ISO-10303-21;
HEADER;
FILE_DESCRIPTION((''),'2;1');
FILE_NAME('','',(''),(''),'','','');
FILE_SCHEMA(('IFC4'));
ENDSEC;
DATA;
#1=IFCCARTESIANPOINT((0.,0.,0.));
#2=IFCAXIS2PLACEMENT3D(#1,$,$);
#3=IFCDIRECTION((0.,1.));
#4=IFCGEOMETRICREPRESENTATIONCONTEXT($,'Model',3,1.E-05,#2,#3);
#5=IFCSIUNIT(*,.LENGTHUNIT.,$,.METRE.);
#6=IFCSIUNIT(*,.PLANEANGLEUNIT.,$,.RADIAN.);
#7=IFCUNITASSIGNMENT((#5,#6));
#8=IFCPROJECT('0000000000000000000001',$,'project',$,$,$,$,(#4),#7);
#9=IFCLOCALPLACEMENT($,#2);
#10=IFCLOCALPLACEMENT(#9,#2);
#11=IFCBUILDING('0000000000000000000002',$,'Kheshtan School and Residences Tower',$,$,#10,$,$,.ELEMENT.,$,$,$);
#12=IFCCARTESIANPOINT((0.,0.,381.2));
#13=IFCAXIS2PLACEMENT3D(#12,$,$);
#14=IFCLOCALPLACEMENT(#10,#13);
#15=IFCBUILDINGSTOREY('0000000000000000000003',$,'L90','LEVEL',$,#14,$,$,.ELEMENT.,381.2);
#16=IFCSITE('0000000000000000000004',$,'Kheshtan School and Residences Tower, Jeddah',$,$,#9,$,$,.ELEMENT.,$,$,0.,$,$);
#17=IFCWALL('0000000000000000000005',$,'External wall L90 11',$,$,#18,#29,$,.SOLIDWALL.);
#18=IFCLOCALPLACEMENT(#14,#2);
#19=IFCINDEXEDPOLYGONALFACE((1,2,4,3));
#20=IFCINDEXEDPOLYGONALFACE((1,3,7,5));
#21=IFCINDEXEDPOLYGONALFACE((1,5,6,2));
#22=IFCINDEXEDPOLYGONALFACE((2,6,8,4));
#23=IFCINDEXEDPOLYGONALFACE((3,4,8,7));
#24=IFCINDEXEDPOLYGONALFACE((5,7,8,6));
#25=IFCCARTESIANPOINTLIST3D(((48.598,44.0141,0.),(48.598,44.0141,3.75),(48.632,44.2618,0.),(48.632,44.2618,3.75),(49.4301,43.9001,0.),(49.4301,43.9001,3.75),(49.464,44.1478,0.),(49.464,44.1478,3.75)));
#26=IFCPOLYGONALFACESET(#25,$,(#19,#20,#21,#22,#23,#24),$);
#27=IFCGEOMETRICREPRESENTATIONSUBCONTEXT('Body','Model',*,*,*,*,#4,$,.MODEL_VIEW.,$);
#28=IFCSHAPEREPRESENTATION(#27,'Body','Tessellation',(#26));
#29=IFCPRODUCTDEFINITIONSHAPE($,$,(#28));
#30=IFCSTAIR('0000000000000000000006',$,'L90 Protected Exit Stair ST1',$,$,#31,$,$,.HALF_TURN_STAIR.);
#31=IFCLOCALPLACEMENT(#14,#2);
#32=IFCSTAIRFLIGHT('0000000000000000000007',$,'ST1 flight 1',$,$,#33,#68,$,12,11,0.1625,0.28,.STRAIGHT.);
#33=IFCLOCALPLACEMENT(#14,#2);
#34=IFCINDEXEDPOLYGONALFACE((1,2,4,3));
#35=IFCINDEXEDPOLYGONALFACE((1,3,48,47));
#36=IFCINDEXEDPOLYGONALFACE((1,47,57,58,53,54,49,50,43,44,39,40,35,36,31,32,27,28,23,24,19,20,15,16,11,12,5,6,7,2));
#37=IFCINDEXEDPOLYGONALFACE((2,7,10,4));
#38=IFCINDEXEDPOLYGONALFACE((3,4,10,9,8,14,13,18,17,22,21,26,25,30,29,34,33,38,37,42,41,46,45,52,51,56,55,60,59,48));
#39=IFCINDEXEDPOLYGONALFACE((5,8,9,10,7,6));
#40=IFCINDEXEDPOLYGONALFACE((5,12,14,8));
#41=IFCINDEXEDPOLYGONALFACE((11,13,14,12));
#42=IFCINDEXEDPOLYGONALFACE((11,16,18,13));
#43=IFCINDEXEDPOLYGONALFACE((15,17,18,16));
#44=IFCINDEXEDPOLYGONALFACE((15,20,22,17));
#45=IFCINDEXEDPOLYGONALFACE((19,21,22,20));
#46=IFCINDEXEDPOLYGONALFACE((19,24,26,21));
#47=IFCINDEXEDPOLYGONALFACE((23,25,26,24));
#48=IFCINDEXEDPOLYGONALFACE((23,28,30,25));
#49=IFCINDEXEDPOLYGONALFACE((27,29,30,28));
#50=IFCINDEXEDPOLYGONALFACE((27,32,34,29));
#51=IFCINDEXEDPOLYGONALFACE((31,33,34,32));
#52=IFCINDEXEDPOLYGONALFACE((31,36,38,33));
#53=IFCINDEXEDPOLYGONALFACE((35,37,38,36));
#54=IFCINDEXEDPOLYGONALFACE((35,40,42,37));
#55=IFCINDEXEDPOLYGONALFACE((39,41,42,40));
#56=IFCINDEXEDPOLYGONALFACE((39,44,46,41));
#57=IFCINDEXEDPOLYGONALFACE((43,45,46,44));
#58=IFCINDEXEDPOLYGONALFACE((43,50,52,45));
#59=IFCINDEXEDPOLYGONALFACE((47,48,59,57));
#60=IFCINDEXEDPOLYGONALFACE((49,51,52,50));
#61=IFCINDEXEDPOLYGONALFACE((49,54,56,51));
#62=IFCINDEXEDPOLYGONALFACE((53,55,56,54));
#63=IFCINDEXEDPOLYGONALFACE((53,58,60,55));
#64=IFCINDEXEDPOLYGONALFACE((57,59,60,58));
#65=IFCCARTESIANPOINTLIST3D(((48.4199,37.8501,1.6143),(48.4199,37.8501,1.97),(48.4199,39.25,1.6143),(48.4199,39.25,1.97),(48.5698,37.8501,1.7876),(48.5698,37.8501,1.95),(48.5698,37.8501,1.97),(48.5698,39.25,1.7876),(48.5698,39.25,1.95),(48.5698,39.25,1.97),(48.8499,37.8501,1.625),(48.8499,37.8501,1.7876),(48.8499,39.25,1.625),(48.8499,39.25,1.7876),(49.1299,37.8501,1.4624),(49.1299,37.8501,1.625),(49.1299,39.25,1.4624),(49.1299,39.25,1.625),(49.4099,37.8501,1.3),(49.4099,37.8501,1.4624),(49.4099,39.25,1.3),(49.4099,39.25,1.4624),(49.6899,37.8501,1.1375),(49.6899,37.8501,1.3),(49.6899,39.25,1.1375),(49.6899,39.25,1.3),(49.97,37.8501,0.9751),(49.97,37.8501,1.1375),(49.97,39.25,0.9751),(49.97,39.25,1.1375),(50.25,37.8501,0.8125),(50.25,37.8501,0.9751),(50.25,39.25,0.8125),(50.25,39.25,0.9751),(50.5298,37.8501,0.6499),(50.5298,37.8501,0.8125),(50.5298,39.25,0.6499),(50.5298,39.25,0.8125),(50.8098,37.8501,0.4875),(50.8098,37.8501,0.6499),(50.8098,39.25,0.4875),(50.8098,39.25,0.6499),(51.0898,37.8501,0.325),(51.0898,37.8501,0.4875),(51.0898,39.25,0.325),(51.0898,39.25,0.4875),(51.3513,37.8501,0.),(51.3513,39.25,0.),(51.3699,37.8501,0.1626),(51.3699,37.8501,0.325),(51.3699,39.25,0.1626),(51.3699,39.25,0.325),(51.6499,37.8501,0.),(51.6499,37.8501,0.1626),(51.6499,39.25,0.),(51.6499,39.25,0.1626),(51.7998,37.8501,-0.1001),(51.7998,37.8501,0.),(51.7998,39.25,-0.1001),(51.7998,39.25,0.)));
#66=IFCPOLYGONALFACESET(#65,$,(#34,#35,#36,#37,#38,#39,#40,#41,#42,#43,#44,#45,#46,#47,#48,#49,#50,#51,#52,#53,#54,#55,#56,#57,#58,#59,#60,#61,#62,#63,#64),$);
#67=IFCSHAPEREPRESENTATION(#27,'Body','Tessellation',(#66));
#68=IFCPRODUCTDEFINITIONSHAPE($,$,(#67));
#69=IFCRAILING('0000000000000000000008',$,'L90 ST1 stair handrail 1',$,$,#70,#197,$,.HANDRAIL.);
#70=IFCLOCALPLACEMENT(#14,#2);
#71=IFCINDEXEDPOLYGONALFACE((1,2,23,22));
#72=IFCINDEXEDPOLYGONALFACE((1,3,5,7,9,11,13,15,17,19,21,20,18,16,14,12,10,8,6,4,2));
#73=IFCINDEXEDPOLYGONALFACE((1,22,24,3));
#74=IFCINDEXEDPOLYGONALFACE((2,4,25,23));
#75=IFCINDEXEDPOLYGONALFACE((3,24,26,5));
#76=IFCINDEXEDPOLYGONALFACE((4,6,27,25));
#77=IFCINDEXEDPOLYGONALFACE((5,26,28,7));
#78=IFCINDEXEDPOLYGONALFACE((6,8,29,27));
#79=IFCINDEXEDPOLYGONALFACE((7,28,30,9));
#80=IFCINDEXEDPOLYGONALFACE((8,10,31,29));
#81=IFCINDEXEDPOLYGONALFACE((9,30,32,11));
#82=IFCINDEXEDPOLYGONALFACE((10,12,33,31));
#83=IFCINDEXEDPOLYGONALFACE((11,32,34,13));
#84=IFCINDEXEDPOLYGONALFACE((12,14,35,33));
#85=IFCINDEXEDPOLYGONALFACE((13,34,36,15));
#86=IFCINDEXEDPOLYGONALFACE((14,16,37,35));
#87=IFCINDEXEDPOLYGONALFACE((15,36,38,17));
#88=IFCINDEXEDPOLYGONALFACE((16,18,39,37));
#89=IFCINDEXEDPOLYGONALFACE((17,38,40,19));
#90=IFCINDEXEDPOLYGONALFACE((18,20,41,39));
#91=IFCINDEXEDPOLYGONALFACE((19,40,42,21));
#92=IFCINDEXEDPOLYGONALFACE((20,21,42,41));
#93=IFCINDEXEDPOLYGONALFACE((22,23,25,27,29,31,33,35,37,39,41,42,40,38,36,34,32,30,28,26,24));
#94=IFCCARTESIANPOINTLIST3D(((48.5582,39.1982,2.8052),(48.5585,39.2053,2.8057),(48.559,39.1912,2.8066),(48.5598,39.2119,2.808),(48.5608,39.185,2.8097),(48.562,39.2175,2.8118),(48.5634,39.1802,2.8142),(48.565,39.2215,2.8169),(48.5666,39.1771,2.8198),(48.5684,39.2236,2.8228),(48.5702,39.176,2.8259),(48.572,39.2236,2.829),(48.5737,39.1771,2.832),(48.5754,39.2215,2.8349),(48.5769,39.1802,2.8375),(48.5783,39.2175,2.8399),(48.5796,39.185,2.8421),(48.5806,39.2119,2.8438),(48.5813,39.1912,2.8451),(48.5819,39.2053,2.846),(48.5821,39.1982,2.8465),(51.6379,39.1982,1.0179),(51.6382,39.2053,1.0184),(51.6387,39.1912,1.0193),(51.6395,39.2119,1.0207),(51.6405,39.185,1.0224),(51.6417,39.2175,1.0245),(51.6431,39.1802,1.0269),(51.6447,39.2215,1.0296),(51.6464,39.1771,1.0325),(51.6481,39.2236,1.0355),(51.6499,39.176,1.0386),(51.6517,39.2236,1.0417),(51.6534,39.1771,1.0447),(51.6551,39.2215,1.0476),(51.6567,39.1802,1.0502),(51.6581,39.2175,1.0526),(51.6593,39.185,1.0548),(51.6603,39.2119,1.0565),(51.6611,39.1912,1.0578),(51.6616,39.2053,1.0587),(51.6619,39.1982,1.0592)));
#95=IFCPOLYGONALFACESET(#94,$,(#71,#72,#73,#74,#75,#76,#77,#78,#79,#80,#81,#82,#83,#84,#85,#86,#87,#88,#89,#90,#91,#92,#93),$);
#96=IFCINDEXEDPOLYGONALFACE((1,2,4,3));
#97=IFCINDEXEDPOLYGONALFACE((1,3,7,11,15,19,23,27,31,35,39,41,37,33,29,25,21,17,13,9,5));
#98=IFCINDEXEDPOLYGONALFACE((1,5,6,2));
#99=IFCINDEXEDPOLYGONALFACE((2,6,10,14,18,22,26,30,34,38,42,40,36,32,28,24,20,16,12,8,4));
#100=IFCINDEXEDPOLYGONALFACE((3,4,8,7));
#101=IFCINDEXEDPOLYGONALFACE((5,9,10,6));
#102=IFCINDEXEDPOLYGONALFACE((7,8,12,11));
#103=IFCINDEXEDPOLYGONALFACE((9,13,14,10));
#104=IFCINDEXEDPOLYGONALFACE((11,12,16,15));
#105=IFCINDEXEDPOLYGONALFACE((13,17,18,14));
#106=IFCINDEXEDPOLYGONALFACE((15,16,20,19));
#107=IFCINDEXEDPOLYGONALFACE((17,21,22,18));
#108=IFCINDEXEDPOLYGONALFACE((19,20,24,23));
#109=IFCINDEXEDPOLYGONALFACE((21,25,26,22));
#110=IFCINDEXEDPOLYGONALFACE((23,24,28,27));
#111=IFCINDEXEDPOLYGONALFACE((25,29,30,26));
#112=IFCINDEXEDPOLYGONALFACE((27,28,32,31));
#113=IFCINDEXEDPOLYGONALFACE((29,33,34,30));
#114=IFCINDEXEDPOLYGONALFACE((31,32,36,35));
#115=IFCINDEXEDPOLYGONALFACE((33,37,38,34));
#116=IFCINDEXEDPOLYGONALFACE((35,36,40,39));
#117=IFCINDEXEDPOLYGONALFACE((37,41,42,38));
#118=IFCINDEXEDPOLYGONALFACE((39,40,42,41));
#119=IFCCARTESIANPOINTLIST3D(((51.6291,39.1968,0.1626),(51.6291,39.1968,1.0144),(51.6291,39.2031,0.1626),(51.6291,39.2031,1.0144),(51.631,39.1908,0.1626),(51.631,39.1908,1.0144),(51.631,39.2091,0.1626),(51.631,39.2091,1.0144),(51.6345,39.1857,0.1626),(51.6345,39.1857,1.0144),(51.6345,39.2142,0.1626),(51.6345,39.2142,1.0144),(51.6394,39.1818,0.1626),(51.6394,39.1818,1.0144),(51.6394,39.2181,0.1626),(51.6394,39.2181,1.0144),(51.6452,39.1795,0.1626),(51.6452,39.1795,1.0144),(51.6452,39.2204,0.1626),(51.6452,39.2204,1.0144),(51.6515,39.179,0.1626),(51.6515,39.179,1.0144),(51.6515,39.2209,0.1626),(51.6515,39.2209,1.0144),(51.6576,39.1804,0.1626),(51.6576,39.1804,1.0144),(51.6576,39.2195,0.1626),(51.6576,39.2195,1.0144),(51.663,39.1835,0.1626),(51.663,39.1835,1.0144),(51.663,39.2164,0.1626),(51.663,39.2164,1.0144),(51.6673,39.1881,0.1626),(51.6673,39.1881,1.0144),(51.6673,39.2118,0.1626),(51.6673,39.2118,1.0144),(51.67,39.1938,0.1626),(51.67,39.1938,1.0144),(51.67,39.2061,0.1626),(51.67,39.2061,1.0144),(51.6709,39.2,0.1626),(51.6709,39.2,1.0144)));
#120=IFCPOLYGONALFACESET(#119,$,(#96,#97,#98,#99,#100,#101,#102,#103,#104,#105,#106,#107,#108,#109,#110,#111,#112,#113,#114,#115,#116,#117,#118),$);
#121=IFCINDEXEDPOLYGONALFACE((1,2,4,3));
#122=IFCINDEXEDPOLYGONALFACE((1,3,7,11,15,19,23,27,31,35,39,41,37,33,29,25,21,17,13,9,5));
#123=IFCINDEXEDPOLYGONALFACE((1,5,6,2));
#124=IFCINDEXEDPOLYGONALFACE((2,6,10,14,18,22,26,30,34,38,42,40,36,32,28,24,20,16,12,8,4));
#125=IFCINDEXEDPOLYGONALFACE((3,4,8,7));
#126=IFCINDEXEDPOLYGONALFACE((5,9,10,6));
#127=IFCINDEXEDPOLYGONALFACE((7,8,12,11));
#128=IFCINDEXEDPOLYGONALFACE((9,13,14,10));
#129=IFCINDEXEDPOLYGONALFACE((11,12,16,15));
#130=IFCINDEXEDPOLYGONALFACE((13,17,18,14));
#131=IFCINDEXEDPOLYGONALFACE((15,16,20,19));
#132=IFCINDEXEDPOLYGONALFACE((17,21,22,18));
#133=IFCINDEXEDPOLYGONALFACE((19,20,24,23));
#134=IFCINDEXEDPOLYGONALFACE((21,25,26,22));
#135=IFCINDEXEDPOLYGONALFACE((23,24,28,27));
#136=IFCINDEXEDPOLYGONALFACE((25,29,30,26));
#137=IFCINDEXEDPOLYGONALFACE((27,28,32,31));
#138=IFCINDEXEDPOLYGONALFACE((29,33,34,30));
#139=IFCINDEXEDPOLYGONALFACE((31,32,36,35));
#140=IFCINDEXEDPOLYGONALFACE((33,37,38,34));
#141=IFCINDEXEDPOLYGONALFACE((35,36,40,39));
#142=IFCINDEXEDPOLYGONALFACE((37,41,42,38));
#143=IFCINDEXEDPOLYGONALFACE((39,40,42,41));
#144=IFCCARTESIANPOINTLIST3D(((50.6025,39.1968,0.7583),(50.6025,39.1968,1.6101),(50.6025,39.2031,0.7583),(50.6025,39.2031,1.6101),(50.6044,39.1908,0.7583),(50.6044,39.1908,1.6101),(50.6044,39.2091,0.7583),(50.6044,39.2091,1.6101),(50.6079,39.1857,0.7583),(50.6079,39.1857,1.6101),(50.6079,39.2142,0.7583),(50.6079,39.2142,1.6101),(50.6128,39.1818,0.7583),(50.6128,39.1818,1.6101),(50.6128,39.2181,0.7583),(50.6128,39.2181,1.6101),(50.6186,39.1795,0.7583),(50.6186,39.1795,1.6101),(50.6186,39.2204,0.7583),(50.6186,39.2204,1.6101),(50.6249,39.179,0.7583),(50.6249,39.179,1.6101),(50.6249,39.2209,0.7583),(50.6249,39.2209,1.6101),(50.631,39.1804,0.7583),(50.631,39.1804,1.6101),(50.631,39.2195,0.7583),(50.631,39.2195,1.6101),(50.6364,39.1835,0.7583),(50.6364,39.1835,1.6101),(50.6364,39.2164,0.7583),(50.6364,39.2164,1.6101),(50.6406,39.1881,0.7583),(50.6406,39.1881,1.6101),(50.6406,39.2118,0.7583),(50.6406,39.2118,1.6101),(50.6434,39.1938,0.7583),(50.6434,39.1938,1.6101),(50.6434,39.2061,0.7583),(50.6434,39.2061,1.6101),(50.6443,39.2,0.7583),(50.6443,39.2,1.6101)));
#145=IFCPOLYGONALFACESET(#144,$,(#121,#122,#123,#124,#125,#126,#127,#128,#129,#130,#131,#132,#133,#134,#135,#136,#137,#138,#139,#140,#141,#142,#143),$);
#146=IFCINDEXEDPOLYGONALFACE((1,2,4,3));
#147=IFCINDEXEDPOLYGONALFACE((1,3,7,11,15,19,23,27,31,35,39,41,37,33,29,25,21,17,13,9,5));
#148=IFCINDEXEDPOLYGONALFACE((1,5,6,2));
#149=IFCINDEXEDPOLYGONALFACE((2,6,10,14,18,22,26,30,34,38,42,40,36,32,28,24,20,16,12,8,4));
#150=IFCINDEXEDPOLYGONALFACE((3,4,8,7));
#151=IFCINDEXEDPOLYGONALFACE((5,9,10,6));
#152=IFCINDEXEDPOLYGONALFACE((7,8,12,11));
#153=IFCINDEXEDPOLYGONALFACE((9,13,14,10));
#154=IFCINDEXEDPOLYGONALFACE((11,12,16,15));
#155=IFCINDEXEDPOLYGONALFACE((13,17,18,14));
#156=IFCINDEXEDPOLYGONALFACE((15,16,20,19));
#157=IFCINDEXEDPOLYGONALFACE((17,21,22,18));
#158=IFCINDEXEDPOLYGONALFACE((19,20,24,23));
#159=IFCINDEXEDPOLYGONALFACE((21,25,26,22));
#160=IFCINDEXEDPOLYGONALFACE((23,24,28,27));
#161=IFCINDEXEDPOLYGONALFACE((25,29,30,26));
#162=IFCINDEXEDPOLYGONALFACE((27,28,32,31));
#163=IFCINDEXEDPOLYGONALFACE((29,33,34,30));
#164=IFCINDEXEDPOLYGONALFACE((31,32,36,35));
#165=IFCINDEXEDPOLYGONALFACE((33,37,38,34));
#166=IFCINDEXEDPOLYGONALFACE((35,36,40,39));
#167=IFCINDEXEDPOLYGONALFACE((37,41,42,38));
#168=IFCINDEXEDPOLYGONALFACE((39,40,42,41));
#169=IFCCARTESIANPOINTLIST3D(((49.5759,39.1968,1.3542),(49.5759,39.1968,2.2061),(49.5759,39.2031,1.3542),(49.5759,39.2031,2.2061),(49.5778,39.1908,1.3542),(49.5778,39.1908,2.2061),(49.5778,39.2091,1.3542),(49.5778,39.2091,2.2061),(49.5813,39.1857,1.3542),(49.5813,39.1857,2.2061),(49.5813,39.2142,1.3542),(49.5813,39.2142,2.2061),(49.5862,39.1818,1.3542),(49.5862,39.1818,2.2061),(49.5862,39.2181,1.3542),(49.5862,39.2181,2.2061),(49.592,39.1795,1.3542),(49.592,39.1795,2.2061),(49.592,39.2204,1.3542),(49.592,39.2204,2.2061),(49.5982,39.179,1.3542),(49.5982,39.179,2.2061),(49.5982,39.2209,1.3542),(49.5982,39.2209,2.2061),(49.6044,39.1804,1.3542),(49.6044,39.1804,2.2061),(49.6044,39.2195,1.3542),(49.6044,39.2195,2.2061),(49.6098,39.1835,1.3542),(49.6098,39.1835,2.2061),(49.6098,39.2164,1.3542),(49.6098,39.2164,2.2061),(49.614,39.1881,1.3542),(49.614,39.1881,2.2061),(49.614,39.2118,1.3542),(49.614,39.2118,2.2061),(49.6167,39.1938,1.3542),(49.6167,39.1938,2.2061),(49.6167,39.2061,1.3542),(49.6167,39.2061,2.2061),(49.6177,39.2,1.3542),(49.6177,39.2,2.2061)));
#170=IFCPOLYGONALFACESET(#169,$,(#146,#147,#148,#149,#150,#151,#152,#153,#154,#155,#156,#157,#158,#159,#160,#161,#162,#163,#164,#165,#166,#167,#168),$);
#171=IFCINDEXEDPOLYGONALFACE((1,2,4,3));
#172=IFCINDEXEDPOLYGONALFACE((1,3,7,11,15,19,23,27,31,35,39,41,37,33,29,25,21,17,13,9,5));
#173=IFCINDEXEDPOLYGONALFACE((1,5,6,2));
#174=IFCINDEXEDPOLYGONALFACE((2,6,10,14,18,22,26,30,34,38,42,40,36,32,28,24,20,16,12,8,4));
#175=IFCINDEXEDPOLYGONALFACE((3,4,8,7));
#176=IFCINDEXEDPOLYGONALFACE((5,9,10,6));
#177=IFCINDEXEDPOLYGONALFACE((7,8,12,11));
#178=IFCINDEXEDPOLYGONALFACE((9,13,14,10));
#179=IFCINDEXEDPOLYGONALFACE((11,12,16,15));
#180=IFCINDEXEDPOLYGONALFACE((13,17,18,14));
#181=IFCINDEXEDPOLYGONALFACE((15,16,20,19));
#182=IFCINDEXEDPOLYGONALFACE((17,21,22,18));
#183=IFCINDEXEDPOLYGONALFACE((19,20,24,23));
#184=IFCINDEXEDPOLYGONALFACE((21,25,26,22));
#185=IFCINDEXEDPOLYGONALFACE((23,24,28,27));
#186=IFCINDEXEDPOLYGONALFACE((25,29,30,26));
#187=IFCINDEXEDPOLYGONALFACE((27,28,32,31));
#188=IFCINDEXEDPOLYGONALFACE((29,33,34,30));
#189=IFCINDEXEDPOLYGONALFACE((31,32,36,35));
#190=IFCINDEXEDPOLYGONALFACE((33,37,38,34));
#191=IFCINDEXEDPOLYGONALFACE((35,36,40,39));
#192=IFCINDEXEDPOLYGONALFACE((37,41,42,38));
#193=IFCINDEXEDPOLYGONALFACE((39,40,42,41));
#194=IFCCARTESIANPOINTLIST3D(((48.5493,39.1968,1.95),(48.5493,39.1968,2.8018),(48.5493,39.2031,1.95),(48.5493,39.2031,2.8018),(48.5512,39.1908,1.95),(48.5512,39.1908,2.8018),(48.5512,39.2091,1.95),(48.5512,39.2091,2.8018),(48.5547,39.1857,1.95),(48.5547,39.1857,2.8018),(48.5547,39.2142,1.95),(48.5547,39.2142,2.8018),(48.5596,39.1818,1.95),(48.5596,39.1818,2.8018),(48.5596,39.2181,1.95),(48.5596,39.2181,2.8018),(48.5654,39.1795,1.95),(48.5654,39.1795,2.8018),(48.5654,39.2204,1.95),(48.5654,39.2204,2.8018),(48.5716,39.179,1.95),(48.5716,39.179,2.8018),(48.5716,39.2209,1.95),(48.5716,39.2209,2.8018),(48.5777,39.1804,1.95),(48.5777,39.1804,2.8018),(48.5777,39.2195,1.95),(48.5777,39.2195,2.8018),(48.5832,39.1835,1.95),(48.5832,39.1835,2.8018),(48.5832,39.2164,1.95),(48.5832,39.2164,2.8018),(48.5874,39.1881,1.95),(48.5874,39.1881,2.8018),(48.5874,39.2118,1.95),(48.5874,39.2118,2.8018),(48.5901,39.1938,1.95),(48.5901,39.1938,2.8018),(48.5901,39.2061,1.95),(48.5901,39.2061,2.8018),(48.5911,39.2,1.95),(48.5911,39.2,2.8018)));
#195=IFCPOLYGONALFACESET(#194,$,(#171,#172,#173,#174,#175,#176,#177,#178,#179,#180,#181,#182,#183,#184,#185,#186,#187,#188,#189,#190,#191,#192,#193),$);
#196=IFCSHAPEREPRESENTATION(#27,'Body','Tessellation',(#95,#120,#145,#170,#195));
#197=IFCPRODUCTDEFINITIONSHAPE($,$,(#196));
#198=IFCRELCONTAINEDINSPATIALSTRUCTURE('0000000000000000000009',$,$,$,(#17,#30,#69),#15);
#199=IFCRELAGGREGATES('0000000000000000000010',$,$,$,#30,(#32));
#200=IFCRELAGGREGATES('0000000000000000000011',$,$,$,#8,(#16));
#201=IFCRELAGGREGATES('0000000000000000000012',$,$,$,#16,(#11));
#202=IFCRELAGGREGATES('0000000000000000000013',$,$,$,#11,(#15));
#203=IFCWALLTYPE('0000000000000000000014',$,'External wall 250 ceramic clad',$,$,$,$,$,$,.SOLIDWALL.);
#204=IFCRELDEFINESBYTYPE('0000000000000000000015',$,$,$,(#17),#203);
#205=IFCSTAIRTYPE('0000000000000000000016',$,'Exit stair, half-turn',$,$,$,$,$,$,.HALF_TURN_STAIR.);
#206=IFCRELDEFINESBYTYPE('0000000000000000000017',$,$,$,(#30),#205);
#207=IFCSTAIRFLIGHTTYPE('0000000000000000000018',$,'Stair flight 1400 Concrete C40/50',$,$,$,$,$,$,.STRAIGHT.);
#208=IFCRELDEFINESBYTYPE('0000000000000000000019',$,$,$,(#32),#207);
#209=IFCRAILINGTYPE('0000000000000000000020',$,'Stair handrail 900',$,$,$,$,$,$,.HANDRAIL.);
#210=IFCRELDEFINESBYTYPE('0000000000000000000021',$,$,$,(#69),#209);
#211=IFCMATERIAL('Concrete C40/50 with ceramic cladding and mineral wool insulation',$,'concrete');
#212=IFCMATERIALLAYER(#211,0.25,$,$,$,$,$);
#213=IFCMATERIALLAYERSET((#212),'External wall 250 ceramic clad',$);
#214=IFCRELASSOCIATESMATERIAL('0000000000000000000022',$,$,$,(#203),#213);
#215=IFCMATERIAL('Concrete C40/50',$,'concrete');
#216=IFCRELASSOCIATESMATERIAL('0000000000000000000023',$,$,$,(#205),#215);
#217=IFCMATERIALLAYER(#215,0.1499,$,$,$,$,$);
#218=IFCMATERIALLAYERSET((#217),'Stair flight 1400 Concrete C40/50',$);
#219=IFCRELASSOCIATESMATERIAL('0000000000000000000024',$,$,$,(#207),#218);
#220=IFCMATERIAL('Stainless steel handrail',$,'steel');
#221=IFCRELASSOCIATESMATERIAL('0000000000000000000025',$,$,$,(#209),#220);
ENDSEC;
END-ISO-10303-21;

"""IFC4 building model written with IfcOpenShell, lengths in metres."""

from ifc_helpers import new_model, si_unit, direction, frame, frame_2d, origin, origin_2d, place, context, subcontext, project, spatial, polyline, rectangle, circle, outline, extrude, material, layer, layer_set, type_object, element, aggregate, save


model = new_model("IFC4")

# Units and contexts
model_context = context("Model", 3, precision=1e-05, world=origin(), true_north=direction((0.0, 1.0)))
body_context = subcontext(model_context, "Body", "Model", "MODEL_VIEW")
ifc_project = project(units=[si_unit("LENGTHUNIT", "METRE"), si_unit("PLANEANGLEUNIT", "RADIAN")], contexts=[model_context])

# Site, building, storey
site_placement = place(None, origin())
site = spatial("IfcSite", under=ifc_project, at=site_placement, Name="Kheshtan School and Residences Tower, Jeddah", CompositionType="ELEMENT", RefElevation=0.0)
building_placement = place(site_placement, origin())
building = spatial("IfcBuilding", under=site, at=building_placement, Name="Kheshtan School and Residences Tower", CompositionType="ELEMENT")
storey_placement = place(building_placement, frame((0.0, 0.0, 381.2)))
storey = spatial("IfcBuildingStorey", under=building, at=storey_placement, Name="L90", Description="LEVEL", CompositionType="ELEMENT", Elevation=381.2)

# Shared definitions
ifc_material_1 = material(Name="Concrete C40/50 with ceramic cladding and mineral wool insulation", Category="concrete")
ifc_layer_1 = layer(ifc_material_1, 0.25)
ifc_layer_set_1 = layer_set([ifc_layer_1], Name="External wall 250 ceramic clad")
wall_type_1 = type_object("IfcWallType", Name="External wall 250 ceramic clad", PredefinedType="SOLIDWALL", material=ifc_layer_set_1)

# Wall
wall_1_placement = place(storey_placement, frame((48.615, 44.1379, 0.0), z_axis=(0.0, 0.0, 1.0), x_axis=(0.990742, -0.135762, 0.0)))
element("IfcWall", 1, at=wall_1_placement, inside=storey, type_object=wall_type_1, Name="External wall L90 11", PredefinedType="SOLIDWALL", context=body_context, shape_type="SweptSolid", body=[
    extrude(rectangle(XDim=0.8398, YDim=0.25, at=frame_2d((0.4199, 0.0))), origin(), (0.0, 0.0, 1.0), 3.75),
])

# Stair, stair flight
ifc_material_2 = material(Name="Concrete C40/50", Category="concrete")
stair_type = type_object("IfcStairType", Name="Exit stair, half-turn", PredefinedType="HALF_TURN_STAIR", material=ifc_material_2)
stair_placement = place(storey_placement, origin())
stair = element("IfcStair", 2, at=stair_placement, inside=storey, type_object=stair_type, Name="L90 Protected Exit Stair ST1", PredefinedType="HALF_TURN_STAIR")
ifc_layer_2 = layer(ifc_material_2, 0.1499)
ifc_layer_set_2 = layer_set([ifc_layer_2], Name="Stair flight 1400 Concrete C40/50")
stair_flight_type = type_object("IfcStairFlightType", Name="Stair flight 1400 Concrete C40/50", PredefinedType="STRAIGHT", material=ifc_layer_set_2)
stair_flight_placement = place(storey_placement, frame((51.6499, 38.55, 0.0), z_axis=(0.0, 0.0, 1.0), x_axis=(-1.0, 0.0, 0.0)))
stair_flight = element("IfcStairFlight", 3, at=stair_flight_placement, type_object=stair_flight_type, Name="ST1 flight 1", NumberOfRisers=12, NumberOfTreads=11, PredefinedType="STRAIGHT", RiserHeight=0.1625, TreadLength=0.28, context=body_context, shape_type="SweptSolid", body=[
    extrude(outline(polyline([(-0.1499, -0.1001), (-0.1499, 0.0), (0.0, 0.0), (0.0, 0.1626), (0.28, 0.1626), (0.28, 0.325), (0.5601, 0.325), (0.5601, 0.4875), (0.8401, 0.4875), (0.8401, 0.6499), (1.1201, 0.6499), (1.1201, 0.8125), (1.3999, 0.8125), (1.3999, 0.9751), (1.6799, 0.9751), (1.6799, 1.1375), (1.96, 1.1375), (1.96, 1.3), (2.24, 1.3), (2.24, 1.4624), (2.52, 1.4624), (2.52, 1.625), (2.8, 1.625), (2.8, 1.7876), (3.0801, 1.7876), (3.0801, 1.95), (3.0801, 1.97), (3.23, 1.97), (3.23, 1.6143), (0.2986, 0.0), (-0.1499, -0.1001)])), frame((0.0, 0.7, 0.0), z_axis=(0.0, -1.0, 0.0), x_axis=(1.0, 0.0, 0.0)), (0.0, 0.0, 1.0), 1.3999),
])
aggregate(stair, [stair_flight])

# Railing
ifc_material_3 = material(Name="Stainless steel handrail", Category="steel")
railing_type = type_object("IfcRailingType", Name="Stair handrail 900", PredefinedType="HANDRAIL", material=ifc_material_3)
railing_placement = place(storey_placement, frame((51.6499, 39.2, 0.1626)))
element("IfcRailing", 4, at=railing_placement, inside=storey, type_object=railing_type, Name="L90 ST1 stair handrail 1", PredefinedType="HANDRAIL", context=body_context, shape_type="SweptSolid", body=[
    extrude(circle(Radius=0.0239, at=origin_2d()), frame((0.0, 0.0, 0.876), z_axis=(-0.864903, 0.0, 0.501939), x_axis=(0.0, -1.0, 0.0)), (0.0, 0.0, 1.0), 3.5608),
    extrude(circle(Radius=0.021, at=origin_2d()), origin(), (0.0, 0.0, 1.0), 0.8518),
    extrude(circle(Radius=0.021, at=origin_2d()), frame((-1.0266, 0.0, 0.5957)), (0.0, 0.0, 1.0), 0.8518),
    extrude(circle(Radius=0.021, at=origin_2d()), frame((-2.0532, 0.0, 1.1917)), (0.0, 0.0, 1.0), 0.8518),
    extrude(circle(Radius=0.021, at=origin_2d()), frame((-3.0798, 0.0, 1.7874)), (0.0, 0.0, 1.0), 0.8518),
])

save(model, "model.ifc")
